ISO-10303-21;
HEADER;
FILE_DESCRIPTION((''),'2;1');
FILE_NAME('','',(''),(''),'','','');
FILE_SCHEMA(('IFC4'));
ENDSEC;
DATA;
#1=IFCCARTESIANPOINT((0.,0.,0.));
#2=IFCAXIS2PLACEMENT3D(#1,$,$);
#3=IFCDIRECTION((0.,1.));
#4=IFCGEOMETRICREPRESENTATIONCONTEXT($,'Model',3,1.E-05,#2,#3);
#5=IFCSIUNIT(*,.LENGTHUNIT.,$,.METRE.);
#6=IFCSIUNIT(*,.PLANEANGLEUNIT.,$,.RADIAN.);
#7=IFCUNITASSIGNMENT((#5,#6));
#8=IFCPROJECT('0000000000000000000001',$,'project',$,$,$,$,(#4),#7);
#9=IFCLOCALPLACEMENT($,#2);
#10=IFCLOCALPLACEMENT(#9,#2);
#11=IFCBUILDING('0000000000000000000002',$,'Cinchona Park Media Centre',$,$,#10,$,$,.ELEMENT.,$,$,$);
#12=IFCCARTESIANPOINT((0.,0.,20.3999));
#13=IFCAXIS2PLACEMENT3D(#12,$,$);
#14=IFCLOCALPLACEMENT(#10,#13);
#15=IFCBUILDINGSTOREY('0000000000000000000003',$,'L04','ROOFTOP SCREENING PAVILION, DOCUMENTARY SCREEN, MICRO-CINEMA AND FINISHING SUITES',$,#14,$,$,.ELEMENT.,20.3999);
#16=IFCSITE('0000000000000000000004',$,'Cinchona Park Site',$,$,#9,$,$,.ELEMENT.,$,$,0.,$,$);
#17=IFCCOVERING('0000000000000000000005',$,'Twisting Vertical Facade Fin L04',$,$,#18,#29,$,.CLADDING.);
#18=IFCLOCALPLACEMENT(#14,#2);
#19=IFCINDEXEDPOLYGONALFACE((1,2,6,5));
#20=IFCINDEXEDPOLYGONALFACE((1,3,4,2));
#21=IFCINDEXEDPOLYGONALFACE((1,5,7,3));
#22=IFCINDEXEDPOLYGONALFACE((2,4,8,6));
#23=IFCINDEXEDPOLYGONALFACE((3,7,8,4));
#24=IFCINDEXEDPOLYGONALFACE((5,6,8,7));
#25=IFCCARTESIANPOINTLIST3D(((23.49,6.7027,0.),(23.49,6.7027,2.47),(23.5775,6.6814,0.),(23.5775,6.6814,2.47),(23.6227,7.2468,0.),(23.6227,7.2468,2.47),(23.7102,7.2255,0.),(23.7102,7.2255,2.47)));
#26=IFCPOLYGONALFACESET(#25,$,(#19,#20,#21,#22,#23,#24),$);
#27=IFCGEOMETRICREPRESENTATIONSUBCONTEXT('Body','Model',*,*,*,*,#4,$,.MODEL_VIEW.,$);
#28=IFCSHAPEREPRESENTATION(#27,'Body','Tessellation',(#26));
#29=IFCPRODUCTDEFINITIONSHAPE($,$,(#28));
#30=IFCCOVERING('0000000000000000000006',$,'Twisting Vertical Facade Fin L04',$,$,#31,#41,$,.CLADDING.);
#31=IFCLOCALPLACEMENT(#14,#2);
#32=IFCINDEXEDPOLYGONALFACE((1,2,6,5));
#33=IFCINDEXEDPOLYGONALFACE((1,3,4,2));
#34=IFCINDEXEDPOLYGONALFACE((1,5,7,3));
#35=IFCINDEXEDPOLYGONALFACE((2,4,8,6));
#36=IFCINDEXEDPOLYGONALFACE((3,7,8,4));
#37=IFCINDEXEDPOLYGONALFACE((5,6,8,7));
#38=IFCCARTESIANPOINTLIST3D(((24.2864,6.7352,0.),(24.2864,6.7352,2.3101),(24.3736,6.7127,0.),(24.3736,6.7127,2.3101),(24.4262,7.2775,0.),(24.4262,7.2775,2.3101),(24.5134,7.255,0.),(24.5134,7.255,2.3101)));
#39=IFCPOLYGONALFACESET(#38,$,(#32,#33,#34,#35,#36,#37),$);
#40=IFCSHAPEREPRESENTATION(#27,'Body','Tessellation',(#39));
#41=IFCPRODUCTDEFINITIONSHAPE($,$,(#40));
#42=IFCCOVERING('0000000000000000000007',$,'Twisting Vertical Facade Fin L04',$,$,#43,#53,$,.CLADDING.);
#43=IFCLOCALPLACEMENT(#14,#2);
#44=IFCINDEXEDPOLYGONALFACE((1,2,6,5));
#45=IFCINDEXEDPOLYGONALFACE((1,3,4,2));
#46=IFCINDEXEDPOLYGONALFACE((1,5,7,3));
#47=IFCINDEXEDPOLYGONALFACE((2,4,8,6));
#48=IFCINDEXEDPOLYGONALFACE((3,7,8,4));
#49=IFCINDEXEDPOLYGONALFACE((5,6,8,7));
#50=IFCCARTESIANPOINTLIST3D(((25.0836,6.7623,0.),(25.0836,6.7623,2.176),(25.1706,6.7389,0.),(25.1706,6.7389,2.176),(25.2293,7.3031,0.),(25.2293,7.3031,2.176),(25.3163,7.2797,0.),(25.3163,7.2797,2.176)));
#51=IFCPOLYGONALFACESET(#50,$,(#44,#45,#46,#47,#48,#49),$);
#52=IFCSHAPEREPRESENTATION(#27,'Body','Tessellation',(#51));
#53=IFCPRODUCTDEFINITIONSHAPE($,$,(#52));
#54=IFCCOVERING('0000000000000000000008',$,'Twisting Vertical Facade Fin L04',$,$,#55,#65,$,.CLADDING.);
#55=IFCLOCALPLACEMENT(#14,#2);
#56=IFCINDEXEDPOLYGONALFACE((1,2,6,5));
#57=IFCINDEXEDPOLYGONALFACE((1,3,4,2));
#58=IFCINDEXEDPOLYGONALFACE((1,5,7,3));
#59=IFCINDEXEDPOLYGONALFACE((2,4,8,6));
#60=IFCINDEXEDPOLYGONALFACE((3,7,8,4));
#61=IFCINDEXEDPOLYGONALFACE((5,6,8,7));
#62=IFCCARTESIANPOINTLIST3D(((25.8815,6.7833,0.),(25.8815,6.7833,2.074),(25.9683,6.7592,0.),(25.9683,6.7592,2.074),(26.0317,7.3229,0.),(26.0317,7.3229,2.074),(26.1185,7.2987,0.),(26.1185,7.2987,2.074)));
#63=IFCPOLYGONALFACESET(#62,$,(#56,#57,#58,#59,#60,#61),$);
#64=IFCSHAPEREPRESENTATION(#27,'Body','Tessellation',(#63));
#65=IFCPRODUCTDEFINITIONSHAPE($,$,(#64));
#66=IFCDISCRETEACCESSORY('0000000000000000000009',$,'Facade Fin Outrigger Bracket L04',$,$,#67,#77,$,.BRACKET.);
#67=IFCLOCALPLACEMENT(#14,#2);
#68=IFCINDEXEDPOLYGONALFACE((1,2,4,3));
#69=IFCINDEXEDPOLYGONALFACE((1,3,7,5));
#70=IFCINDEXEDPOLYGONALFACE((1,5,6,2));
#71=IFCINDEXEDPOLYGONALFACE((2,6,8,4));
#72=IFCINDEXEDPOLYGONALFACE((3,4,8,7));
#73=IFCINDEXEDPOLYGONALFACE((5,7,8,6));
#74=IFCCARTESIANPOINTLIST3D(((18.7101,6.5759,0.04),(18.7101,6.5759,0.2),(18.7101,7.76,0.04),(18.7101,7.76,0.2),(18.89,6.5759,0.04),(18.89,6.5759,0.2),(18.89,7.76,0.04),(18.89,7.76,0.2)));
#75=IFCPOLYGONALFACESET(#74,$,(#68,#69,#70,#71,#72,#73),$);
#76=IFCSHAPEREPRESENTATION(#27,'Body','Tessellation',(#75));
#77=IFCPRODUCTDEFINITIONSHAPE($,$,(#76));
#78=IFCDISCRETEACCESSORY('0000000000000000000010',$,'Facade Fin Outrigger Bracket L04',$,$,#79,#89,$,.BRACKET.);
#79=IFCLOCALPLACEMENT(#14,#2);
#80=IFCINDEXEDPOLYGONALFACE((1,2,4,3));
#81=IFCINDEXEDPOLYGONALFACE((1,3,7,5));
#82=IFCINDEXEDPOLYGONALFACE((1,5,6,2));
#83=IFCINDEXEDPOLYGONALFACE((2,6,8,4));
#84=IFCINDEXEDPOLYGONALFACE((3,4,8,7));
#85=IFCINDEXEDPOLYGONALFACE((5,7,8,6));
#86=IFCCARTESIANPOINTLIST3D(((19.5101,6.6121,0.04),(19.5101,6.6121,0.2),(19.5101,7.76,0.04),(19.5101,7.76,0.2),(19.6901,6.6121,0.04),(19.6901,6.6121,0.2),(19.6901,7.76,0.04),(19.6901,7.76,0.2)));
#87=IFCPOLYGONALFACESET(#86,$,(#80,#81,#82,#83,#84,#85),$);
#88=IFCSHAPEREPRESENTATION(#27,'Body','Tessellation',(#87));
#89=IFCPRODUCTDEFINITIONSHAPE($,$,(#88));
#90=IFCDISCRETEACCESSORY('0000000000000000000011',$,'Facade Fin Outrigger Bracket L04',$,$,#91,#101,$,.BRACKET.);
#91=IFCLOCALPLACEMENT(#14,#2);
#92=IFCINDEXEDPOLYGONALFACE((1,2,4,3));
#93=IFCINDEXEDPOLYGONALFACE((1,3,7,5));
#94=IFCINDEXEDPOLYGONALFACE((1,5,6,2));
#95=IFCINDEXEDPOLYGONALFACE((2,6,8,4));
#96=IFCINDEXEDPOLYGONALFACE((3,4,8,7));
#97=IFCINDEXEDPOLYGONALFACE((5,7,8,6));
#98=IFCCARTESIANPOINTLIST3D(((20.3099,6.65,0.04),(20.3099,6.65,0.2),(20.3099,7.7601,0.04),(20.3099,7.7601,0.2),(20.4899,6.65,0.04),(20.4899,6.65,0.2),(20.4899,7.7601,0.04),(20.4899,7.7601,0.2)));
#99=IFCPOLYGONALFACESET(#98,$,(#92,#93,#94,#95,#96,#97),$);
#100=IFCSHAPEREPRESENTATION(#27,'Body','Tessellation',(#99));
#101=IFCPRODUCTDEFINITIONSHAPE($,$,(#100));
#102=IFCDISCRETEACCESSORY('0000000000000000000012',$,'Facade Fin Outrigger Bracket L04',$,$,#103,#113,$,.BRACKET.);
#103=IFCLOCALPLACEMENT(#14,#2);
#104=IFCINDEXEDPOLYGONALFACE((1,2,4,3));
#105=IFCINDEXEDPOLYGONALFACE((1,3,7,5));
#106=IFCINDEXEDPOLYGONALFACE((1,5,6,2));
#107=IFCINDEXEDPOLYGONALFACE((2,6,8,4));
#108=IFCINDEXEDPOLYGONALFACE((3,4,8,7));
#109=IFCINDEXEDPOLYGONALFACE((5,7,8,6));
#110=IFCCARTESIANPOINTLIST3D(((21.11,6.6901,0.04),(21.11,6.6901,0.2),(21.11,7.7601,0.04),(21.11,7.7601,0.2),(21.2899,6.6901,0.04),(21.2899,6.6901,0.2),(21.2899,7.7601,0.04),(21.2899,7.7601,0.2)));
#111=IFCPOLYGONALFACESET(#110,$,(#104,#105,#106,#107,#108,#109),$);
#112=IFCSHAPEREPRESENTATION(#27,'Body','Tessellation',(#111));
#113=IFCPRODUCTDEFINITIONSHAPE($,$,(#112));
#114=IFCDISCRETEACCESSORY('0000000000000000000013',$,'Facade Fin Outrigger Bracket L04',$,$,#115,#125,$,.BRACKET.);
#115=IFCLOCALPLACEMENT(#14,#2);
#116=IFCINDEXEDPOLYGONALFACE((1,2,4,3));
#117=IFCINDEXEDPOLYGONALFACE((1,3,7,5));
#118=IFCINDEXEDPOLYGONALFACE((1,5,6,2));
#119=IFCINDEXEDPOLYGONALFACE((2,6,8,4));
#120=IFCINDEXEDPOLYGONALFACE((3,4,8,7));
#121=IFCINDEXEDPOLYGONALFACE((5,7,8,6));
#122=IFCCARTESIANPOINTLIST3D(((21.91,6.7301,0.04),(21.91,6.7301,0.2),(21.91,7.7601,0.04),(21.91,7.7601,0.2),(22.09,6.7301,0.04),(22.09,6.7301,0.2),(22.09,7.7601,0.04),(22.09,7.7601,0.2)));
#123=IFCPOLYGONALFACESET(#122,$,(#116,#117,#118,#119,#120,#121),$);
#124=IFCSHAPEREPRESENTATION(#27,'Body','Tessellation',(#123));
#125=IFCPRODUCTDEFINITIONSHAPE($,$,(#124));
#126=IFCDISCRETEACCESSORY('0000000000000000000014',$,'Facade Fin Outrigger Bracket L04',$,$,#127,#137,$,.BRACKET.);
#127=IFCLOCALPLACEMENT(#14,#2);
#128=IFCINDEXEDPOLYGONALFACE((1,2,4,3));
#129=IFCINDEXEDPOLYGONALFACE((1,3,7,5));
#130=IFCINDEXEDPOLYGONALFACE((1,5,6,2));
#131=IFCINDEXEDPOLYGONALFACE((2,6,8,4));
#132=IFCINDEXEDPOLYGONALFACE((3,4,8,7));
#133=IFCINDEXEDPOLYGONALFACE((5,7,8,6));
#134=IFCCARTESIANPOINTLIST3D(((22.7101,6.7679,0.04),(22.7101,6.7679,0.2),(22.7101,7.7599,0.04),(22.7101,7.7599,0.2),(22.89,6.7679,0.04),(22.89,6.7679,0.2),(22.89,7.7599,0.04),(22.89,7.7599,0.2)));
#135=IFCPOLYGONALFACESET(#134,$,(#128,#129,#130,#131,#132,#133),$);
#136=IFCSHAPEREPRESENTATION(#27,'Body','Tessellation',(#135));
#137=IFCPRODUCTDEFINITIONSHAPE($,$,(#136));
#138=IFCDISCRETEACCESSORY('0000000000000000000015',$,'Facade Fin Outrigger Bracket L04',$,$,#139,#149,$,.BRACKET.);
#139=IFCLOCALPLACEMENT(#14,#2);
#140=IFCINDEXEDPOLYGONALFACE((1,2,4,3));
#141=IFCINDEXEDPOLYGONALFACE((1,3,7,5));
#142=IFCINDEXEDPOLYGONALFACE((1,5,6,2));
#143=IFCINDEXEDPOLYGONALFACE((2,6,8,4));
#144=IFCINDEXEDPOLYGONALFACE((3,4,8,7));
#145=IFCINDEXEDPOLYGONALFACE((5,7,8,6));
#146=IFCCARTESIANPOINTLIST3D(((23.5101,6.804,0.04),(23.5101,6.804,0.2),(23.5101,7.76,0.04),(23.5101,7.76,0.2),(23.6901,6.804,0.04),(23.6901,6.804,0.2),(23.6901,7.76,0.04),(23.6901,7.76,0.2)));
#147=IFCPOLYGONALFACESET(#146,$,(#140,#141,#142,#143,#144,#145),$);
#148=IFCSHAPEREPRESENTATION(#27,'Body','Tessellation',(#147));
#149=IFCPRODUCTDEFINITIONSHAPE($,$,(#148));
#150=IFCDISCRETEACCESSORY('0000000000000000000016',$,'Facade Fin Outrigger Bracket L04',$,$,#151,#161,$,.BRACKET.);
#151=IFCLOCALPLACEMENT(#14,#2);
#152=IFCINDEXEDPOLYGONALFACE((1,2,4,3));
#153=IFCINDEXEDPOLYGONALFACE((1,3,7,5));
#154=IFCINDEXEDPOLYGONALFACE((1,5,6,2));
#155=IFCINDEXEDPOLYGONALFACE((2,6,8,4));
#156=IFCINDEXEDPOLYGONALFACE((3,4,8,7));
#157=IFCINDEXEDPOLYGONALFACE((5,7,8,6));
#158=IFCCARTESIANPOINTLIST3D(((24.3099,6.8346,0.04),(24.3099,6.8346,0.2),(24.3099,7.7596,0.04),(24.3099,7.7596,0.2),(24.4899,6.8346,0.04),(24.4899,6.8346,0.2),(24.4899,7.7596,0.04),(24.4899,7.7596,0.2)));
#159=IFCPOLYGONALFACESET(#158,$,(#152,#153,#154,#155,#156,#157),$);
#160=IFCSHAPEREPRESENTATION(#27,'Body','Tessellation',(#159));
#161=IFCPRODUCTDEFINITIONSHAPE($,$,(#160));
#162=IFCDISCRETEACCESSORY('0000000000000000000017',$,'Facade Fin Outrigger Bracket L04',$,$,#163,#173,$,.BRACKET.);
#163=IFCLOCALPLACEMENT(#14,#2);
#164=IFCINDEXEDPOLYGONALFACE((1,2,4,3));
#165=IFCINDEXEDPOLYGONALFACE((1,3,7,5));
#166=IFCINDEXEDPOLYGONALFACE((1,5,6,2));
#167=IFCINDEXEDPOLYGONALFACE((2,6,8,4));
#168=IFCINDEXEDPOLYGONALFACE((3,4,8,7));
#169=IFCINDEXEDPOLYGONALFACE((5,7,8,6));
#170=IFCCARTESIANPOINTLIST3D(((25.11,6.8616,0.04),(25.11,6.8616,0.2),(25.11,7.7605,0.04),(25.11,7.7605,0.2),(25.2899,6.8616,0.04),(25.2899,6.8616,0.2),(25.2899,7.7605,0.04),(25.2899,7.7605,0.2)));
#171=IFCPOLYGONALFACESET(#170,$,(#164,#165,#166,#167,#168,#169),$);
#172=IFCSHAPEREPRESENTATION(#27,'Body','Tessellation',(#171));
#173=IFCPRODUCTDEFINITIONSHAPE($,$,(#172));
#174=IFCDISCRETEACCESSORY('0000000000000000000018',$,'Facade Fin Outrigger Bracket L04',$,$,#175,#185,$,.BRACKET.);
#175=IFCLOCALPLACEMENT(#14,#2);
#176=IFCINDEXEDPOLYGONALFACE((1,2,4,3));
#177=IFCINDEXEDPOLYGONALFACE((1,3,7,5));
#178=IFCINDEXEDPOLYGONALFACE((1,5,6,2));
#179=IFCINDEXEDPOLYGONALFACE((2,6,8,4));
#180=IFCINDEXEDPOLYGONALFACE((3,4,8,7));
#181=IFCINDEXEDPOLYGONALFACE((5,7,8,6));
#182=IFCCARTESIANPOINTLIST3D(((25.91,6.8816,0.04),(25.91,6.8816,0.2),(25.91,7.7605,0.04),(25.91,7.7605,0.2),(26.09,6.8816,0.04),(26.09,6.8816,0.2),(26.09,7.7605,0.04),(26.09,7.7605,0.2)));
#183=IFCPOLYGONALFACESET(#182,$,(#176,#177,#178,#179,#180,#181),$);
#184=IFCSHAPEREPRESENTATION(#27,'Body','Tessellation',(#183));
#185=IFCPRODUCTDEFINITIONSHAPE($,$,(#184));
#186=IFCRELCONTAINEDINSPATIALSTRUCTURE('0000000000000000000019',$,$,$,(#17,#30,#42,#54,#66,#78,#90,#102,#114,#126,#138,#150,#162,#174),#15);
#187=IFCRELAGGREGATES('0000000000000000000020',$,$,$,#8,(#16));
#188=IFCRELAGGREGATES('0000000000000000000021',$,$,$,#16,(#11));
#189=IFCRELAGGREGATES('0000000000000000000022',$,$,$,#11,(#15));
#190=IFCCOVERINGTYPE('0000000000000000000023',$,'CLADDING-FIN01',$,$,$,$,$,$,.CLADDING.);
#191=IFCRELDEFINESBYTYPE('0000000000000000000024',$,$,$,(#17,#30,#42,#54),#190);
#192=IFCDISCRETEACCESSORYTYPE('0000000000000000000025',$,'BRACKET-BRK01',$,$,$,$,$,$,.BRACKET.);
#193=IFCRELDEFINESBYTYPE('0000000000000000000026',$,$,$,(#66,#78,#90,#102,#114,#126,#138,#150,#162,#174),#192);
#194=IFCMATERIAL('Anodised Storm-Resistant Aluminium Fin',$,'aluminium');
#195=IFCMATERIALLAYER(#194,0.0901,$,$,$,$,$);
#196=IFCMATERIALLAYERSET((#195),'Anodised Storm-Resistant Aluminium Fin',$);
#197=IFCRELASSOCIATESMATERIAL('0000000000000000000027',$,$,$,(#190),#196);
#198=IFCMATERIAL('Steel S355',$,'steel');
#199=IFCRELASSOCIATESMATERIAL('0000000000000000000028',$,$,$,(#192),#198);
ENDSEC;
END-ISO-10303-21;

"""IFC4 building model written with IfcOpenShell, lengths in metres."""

from ifc_helpers import new_model, si_unit, direction, frame, origin, origin_2d, place, context, subcontext, project, spatial, rectangle, extrude, material, layer, layer_set, type_object, element, save


model = new_model("IFC4")

# Units and contexts
model_context = context("Model", 3, precision=1e-05, world=origin(), true_north=direction((0.0, 1.0)))
body_context = subcontext(model_context, "Body", "Model", "MODEL_VIEW")
ifc_project = project(units=[si_unit("LENGTHUNIT", "METRE"), si_unit("PLANEANGLEUNIT", "RADIAN")], contexts=[model_context])

# Site, building, storey
site_placement = place(None, origin())
site = spatial("IfcSite", under=ifc_project, at=site_placement, Name="Cinchona Park Site", CompositionType="ELEMENT", RefElevation=0.0)
building_placement = place(site_placement, origin())
building = spatial("IfcBuilding", under=site, at=building_placement, Name="Cinchona Park Media Centre", CompositionType="ELEMENT")
storey_placement = place(building_placement, frame((0.0, 0.0, 20.3999)))
storey = spatial("IfcBuildingStorey", under=building, at=storey_placement, Name="L04", Description="ROOFTOP SCREENING PAVILION, DOCUMENTARY SCREEN, MICRO-CINEMA AND FINISHING SUITES", CompositionType="ELEMENT", Elevation=20.3999)

# Coverings
ifc_material_1 = material(Name="Anodised Storm-Resistant Aluminium Fin", Category="aluminium")
ifc_layer_1 = layer(ifc_material_1, 0.0901)
ifc_layer_set_1 = layer_set([ifc_layer_1], Name="Anodised Storm-Resistant Aluminium Fin")
covering_type = type_object("IfcCoveringType", Name="CLADDING-FIN01", PredefinedType="CLADDING", material=ifc_layer_set_1)
covering_1_placement = place(storey_placement, frame((23.6001, 6.9641, 0.0), z_axis=(0.0, 0.0, 1.0), x_axis=(0.236838, 0.971549, 0.0)))
element("IfcCovering", 1, at=covering_1_placement, inside=storey, type_object=covering_type, Name="Twisting Vertical Facade Fin L04", PredefinedType="CLADDING", context=body_context, shape_type="SweptSolid", body=[
    extrude(rectangle(XDim=0.5601, YDim=0.0901, at=origin_2d()), origin(), (0.0, 0.0, 1.0), 2.47),
])
covering_2_placement = place(storey_placement, frame((24.3999, 6.9951, 0.0), z_axis=(0.0, 0.0, 1.0), x_axis=(0.249535, 0.968366, 0.0)))
element("IfcCovering", 2, at=covering_2_placement, inside=storey, type_object=covering_type, Name="Twisting Vertical Facade Fin L04", PredefinedType="CLADDING", context=body_context, shape_type="SweptSolid", body=[
    extrude(rectangle(XDim=0.5601, YDim=0.0901, at=origin_2d()), origin(), (0.0, 0.0, 1.0), 2.3101),
])
covering_3_placement = place(storey_placement, frame((25.2, 7.021, 0.0), z_axis=(0.0, 0.0, 1.0), x_axis=(0.259999, 0.965609, 0.0)))
element("IfcCovering", 3, at=covering_3_placement, inside=storey, type_object=covering_type, Name="Twisting Vertical Facade Fin L04", PredefinedType="CLADDING", context=body_context, shape_type="SweptSolid", body=[
    extrude(rectangle(XDim=0.5601, YDim=0.0901, at=origin_2d()), origin(), (0.0, 0.0, 1.0), 2.176),
])
covering_4_placement = place(storey_placement, frame((26.0, 7.041, 0.0), z_axis=(0.0, 0.0, 1.0), x_axis=(0.268079, 0.963397, 0.0)))
element("IfcCovering", 4, at=covering_4_placement, inside=storey, type_object=covering_type, Name="Twisting Vertical Facade Fin L04", PredefinedType="CLADDING", context=body_context, shape_type="SweptSolid", body=[
    extrude(rectangle(XDim=0.5601, YDim=0.0901, at=origin_2d()), origin(), (0.0, 0.0, 1.0), 2.074),
])

# Discrete accessories
ifc_material_2 = material(Name="Steel S355", Category="steel")
discrete_accessory_type = type_object("IfcDiscreteAccessoryType", Name="BRACKET-BRK01", PredefinedType="BRACKET", material=ifc_material_2)
discrete_accessory_1_placement = place(storey_placement, frame((18.8, 7.168, 0.04), z_axis=(0.0, 0.0, 1.0), x_axis=(1.0, 0.0, 0.0)))
element("IfcDiscreteAccessory", 5, at=discrete_accessory_1_placement, inside=storey, type_object=discrete_accessory_type, Name="Facade Fin Outrigger Bracket L04", PredefinedType="BRACKET", context=body_context, shape_type="SweptSolid", body=[
    extrude(rectangle(XDim=0.1799, YDim=1.1841, at=origin_2d()), origin(), (0.0, 0.0, 1.0), 0.1599),
])
discrete_accessory_2_placement = place(storey_placement, frame((19.6001, 7.186, 0.04), z_axis=(0.0, 0.0, 1.0), x_axis=(1.0, 0.0, 0.0)))
element("IfcDiscreteAccessory", 6, at=discrete_accessory_2_placement, inside=storey, type_object=discrete_accessory_type, Name="Facade Fin Outrigger Bracket L04", PredefinedType="BRACKET", context=body_context, shape_type="SweptSolid", body=[
    extrude(rectangle(XDim=0.1799, YDim=1.1479, at=origin_2d()), origin(), (0.0, 0.0, 1.0), 0.1599),
])
discrete_accessory_3_placement = place(storey_placement, frame((20.3999, 7.2051, 0.04), z_axis=(0.0, 0.0, 1.0), x_axis=(1.0, 0.0, 0.0)))
element("IfcDiscreteAccessory", 7, at=discrete_accessory_3_placement, inside=storey, type_object=discrete_accessory_type, Name="Facade Fin Outrigger Bracket L04", PredefinedType="BRACKET", context=body_context, shape_type="SweptSolid", body=[
    extrude(rectangle(XDim=0.1799, YDim=1.1101, at=origin_2d()), origin(), (0.0, 0.0, 1.0), 0.1599),
])
discrete_accessory_4_placement = place(storey_placement, frame((21.2, 7.2251, 0.04), z_axis=(0.0, 0.0, 1.0), x_axis=(1.0, 0.0, 0.0)))
element("IfcDiscreteAccessory", 8, at=discrete_accessory_4_placement, inside=storey, type_object=discrete_accessory_type, Name="Facade Fin Outrigger Bracket L04", PredefinedType="BRACKET", context=body_context, shape_type="SweptSolid", body=[
    extrude(rectangle(XDim=0.1799, YDim=1.0701, at=origin_2d()), origin(), (0.0, 0.0, 1.0), 0.1599),
])
discrete_accessory_5_placement = place(storey_placement, frame((22.0, 7.2451, 0.04), z_axis=(0.0, 0.0, 1.0), x_axis=(1.0, 0.0, 0.0)))
element("IfcDiscreteAccessory", 9, at=discrete_accessory_5_placement, inside=storey, type_object=discrete_accessory_type, Name="Facade Fin Outrigger Bracket L04", PredefinedType="BRACKET", context=body_context, shape_type="SweptSolid", body=[
    extrude(rectangle(XDim=0.1799, YDim=1.03, at=origin_2d()), origin(), (0.0, 0.0, 1.0), 0.1599),
])
discrete_accessory_6_placement = place(storey_placement, frame((22.8, 7.2639, 0.04), z_axis=(0.0, 0.0, 1.0), x_axis=(1.0, 0.0, 0.0)))
element("IfcDiscreteAccessory", 10, at=discrete_accessory_6_placement, inside=storey, type_object=discrete_accessory_type, Name="Facade Fin Outrigger Bracket L04", PredefinedType="BRACKET", context=body_context, shape_type="SweptSolid", body=[
    extrude(rectangle(XDim=0.1799, YDim=0.9919, at=origin_2d()), origin(), (0.0, 0.0, 1.0), 0.1599),
])
discrete_accessory_7_placement = place(storey_placement, frame((23.6001, 7.282, 0.04), z_axis=(0.0, 0.0, 1.0), x_axis=(1.0, 0.0, 0.0)))
element("IfcDiscreteAccessory", 11, at=discrete_accessory_7_placement, inside=storey, type_object=discrete_accessory_type, Name="Facade Fin Outrigger Bracket L04", PredefinedType="BRACKET", context=body_context, shape_type="SweptSolid", body=[
    extrude(rectangle(XDim=0.1799, YDim=0.9561, at=origin_2d()), origin(), (0.0, 0.0, 1.0), 0.1599),
])
discrete_accessory_8_placement = place(storey_placement, frame((24.3999, 7.2971, 0.04), z_axis=(0.0, 0.0, 1.0), x_axis=(1.0, 0.0, 0.0)))
element("IfcDiscreteAccessory", 12, at=discrete_accessory_8_placement, inside=storey, type_object=discrete_accessory_type, Name="Facade Fin Outrigger Bracket L04", PredefinedType="BRACKET", context=body_context, shape_type="SweptSolid", body=[
    extrude(rectangle(XDim=0.1799, YDim=0.925, at=origin_2d()), origin(), (0.0, 0.0, 1.0), 0.1599),
])
discrete_accessory_9_placement = place(storey_placement, frame((25.2, 7.311, 0.04), z_axis=(0.0, 0.0, 1.0), x_axis=(1.0, 0.0, 0.0)))
element("IfcDiscreteAccessory", 13, at=discrete_accessory_9_placement, inside=storey, type_object=discrete_accessory_type, Name="Facade Fin Outrigger Bracket L04", PredefinedType="BRACKET", context=body_context, shape_type="SweptSolid", body=[
    extrude(rectangle(XDim=0.1799, YDim=0.8989, at=origin_2d()), origin(), (0.0, 0.0, 1.0), 0.1599),
])
discrete_accessory_10_placement = place(storey_placement, frame((26.0, 7.321, 0.04), z_axis=(0.0, 0.0, 1.0), x_axis=(1.0, 0.0, 0.0)))
element("IfcDiscreteAccessory", 14, at=discrete_accessory_10_placement, inside=storey, type_object=discrete_accessory_type, Name="Facade Fin Outrigger Bracket L04", PredefinedType="BRACKET", context=body_context, shape_type="SweptSolid", body=[
    extrude(rectangle(XDim=0.1799, YDim=0.8789, at=origin_2d()), origin(), (0.0, 0.0, 1.0), 0.1599),
])

save(model, "model.ifc")
